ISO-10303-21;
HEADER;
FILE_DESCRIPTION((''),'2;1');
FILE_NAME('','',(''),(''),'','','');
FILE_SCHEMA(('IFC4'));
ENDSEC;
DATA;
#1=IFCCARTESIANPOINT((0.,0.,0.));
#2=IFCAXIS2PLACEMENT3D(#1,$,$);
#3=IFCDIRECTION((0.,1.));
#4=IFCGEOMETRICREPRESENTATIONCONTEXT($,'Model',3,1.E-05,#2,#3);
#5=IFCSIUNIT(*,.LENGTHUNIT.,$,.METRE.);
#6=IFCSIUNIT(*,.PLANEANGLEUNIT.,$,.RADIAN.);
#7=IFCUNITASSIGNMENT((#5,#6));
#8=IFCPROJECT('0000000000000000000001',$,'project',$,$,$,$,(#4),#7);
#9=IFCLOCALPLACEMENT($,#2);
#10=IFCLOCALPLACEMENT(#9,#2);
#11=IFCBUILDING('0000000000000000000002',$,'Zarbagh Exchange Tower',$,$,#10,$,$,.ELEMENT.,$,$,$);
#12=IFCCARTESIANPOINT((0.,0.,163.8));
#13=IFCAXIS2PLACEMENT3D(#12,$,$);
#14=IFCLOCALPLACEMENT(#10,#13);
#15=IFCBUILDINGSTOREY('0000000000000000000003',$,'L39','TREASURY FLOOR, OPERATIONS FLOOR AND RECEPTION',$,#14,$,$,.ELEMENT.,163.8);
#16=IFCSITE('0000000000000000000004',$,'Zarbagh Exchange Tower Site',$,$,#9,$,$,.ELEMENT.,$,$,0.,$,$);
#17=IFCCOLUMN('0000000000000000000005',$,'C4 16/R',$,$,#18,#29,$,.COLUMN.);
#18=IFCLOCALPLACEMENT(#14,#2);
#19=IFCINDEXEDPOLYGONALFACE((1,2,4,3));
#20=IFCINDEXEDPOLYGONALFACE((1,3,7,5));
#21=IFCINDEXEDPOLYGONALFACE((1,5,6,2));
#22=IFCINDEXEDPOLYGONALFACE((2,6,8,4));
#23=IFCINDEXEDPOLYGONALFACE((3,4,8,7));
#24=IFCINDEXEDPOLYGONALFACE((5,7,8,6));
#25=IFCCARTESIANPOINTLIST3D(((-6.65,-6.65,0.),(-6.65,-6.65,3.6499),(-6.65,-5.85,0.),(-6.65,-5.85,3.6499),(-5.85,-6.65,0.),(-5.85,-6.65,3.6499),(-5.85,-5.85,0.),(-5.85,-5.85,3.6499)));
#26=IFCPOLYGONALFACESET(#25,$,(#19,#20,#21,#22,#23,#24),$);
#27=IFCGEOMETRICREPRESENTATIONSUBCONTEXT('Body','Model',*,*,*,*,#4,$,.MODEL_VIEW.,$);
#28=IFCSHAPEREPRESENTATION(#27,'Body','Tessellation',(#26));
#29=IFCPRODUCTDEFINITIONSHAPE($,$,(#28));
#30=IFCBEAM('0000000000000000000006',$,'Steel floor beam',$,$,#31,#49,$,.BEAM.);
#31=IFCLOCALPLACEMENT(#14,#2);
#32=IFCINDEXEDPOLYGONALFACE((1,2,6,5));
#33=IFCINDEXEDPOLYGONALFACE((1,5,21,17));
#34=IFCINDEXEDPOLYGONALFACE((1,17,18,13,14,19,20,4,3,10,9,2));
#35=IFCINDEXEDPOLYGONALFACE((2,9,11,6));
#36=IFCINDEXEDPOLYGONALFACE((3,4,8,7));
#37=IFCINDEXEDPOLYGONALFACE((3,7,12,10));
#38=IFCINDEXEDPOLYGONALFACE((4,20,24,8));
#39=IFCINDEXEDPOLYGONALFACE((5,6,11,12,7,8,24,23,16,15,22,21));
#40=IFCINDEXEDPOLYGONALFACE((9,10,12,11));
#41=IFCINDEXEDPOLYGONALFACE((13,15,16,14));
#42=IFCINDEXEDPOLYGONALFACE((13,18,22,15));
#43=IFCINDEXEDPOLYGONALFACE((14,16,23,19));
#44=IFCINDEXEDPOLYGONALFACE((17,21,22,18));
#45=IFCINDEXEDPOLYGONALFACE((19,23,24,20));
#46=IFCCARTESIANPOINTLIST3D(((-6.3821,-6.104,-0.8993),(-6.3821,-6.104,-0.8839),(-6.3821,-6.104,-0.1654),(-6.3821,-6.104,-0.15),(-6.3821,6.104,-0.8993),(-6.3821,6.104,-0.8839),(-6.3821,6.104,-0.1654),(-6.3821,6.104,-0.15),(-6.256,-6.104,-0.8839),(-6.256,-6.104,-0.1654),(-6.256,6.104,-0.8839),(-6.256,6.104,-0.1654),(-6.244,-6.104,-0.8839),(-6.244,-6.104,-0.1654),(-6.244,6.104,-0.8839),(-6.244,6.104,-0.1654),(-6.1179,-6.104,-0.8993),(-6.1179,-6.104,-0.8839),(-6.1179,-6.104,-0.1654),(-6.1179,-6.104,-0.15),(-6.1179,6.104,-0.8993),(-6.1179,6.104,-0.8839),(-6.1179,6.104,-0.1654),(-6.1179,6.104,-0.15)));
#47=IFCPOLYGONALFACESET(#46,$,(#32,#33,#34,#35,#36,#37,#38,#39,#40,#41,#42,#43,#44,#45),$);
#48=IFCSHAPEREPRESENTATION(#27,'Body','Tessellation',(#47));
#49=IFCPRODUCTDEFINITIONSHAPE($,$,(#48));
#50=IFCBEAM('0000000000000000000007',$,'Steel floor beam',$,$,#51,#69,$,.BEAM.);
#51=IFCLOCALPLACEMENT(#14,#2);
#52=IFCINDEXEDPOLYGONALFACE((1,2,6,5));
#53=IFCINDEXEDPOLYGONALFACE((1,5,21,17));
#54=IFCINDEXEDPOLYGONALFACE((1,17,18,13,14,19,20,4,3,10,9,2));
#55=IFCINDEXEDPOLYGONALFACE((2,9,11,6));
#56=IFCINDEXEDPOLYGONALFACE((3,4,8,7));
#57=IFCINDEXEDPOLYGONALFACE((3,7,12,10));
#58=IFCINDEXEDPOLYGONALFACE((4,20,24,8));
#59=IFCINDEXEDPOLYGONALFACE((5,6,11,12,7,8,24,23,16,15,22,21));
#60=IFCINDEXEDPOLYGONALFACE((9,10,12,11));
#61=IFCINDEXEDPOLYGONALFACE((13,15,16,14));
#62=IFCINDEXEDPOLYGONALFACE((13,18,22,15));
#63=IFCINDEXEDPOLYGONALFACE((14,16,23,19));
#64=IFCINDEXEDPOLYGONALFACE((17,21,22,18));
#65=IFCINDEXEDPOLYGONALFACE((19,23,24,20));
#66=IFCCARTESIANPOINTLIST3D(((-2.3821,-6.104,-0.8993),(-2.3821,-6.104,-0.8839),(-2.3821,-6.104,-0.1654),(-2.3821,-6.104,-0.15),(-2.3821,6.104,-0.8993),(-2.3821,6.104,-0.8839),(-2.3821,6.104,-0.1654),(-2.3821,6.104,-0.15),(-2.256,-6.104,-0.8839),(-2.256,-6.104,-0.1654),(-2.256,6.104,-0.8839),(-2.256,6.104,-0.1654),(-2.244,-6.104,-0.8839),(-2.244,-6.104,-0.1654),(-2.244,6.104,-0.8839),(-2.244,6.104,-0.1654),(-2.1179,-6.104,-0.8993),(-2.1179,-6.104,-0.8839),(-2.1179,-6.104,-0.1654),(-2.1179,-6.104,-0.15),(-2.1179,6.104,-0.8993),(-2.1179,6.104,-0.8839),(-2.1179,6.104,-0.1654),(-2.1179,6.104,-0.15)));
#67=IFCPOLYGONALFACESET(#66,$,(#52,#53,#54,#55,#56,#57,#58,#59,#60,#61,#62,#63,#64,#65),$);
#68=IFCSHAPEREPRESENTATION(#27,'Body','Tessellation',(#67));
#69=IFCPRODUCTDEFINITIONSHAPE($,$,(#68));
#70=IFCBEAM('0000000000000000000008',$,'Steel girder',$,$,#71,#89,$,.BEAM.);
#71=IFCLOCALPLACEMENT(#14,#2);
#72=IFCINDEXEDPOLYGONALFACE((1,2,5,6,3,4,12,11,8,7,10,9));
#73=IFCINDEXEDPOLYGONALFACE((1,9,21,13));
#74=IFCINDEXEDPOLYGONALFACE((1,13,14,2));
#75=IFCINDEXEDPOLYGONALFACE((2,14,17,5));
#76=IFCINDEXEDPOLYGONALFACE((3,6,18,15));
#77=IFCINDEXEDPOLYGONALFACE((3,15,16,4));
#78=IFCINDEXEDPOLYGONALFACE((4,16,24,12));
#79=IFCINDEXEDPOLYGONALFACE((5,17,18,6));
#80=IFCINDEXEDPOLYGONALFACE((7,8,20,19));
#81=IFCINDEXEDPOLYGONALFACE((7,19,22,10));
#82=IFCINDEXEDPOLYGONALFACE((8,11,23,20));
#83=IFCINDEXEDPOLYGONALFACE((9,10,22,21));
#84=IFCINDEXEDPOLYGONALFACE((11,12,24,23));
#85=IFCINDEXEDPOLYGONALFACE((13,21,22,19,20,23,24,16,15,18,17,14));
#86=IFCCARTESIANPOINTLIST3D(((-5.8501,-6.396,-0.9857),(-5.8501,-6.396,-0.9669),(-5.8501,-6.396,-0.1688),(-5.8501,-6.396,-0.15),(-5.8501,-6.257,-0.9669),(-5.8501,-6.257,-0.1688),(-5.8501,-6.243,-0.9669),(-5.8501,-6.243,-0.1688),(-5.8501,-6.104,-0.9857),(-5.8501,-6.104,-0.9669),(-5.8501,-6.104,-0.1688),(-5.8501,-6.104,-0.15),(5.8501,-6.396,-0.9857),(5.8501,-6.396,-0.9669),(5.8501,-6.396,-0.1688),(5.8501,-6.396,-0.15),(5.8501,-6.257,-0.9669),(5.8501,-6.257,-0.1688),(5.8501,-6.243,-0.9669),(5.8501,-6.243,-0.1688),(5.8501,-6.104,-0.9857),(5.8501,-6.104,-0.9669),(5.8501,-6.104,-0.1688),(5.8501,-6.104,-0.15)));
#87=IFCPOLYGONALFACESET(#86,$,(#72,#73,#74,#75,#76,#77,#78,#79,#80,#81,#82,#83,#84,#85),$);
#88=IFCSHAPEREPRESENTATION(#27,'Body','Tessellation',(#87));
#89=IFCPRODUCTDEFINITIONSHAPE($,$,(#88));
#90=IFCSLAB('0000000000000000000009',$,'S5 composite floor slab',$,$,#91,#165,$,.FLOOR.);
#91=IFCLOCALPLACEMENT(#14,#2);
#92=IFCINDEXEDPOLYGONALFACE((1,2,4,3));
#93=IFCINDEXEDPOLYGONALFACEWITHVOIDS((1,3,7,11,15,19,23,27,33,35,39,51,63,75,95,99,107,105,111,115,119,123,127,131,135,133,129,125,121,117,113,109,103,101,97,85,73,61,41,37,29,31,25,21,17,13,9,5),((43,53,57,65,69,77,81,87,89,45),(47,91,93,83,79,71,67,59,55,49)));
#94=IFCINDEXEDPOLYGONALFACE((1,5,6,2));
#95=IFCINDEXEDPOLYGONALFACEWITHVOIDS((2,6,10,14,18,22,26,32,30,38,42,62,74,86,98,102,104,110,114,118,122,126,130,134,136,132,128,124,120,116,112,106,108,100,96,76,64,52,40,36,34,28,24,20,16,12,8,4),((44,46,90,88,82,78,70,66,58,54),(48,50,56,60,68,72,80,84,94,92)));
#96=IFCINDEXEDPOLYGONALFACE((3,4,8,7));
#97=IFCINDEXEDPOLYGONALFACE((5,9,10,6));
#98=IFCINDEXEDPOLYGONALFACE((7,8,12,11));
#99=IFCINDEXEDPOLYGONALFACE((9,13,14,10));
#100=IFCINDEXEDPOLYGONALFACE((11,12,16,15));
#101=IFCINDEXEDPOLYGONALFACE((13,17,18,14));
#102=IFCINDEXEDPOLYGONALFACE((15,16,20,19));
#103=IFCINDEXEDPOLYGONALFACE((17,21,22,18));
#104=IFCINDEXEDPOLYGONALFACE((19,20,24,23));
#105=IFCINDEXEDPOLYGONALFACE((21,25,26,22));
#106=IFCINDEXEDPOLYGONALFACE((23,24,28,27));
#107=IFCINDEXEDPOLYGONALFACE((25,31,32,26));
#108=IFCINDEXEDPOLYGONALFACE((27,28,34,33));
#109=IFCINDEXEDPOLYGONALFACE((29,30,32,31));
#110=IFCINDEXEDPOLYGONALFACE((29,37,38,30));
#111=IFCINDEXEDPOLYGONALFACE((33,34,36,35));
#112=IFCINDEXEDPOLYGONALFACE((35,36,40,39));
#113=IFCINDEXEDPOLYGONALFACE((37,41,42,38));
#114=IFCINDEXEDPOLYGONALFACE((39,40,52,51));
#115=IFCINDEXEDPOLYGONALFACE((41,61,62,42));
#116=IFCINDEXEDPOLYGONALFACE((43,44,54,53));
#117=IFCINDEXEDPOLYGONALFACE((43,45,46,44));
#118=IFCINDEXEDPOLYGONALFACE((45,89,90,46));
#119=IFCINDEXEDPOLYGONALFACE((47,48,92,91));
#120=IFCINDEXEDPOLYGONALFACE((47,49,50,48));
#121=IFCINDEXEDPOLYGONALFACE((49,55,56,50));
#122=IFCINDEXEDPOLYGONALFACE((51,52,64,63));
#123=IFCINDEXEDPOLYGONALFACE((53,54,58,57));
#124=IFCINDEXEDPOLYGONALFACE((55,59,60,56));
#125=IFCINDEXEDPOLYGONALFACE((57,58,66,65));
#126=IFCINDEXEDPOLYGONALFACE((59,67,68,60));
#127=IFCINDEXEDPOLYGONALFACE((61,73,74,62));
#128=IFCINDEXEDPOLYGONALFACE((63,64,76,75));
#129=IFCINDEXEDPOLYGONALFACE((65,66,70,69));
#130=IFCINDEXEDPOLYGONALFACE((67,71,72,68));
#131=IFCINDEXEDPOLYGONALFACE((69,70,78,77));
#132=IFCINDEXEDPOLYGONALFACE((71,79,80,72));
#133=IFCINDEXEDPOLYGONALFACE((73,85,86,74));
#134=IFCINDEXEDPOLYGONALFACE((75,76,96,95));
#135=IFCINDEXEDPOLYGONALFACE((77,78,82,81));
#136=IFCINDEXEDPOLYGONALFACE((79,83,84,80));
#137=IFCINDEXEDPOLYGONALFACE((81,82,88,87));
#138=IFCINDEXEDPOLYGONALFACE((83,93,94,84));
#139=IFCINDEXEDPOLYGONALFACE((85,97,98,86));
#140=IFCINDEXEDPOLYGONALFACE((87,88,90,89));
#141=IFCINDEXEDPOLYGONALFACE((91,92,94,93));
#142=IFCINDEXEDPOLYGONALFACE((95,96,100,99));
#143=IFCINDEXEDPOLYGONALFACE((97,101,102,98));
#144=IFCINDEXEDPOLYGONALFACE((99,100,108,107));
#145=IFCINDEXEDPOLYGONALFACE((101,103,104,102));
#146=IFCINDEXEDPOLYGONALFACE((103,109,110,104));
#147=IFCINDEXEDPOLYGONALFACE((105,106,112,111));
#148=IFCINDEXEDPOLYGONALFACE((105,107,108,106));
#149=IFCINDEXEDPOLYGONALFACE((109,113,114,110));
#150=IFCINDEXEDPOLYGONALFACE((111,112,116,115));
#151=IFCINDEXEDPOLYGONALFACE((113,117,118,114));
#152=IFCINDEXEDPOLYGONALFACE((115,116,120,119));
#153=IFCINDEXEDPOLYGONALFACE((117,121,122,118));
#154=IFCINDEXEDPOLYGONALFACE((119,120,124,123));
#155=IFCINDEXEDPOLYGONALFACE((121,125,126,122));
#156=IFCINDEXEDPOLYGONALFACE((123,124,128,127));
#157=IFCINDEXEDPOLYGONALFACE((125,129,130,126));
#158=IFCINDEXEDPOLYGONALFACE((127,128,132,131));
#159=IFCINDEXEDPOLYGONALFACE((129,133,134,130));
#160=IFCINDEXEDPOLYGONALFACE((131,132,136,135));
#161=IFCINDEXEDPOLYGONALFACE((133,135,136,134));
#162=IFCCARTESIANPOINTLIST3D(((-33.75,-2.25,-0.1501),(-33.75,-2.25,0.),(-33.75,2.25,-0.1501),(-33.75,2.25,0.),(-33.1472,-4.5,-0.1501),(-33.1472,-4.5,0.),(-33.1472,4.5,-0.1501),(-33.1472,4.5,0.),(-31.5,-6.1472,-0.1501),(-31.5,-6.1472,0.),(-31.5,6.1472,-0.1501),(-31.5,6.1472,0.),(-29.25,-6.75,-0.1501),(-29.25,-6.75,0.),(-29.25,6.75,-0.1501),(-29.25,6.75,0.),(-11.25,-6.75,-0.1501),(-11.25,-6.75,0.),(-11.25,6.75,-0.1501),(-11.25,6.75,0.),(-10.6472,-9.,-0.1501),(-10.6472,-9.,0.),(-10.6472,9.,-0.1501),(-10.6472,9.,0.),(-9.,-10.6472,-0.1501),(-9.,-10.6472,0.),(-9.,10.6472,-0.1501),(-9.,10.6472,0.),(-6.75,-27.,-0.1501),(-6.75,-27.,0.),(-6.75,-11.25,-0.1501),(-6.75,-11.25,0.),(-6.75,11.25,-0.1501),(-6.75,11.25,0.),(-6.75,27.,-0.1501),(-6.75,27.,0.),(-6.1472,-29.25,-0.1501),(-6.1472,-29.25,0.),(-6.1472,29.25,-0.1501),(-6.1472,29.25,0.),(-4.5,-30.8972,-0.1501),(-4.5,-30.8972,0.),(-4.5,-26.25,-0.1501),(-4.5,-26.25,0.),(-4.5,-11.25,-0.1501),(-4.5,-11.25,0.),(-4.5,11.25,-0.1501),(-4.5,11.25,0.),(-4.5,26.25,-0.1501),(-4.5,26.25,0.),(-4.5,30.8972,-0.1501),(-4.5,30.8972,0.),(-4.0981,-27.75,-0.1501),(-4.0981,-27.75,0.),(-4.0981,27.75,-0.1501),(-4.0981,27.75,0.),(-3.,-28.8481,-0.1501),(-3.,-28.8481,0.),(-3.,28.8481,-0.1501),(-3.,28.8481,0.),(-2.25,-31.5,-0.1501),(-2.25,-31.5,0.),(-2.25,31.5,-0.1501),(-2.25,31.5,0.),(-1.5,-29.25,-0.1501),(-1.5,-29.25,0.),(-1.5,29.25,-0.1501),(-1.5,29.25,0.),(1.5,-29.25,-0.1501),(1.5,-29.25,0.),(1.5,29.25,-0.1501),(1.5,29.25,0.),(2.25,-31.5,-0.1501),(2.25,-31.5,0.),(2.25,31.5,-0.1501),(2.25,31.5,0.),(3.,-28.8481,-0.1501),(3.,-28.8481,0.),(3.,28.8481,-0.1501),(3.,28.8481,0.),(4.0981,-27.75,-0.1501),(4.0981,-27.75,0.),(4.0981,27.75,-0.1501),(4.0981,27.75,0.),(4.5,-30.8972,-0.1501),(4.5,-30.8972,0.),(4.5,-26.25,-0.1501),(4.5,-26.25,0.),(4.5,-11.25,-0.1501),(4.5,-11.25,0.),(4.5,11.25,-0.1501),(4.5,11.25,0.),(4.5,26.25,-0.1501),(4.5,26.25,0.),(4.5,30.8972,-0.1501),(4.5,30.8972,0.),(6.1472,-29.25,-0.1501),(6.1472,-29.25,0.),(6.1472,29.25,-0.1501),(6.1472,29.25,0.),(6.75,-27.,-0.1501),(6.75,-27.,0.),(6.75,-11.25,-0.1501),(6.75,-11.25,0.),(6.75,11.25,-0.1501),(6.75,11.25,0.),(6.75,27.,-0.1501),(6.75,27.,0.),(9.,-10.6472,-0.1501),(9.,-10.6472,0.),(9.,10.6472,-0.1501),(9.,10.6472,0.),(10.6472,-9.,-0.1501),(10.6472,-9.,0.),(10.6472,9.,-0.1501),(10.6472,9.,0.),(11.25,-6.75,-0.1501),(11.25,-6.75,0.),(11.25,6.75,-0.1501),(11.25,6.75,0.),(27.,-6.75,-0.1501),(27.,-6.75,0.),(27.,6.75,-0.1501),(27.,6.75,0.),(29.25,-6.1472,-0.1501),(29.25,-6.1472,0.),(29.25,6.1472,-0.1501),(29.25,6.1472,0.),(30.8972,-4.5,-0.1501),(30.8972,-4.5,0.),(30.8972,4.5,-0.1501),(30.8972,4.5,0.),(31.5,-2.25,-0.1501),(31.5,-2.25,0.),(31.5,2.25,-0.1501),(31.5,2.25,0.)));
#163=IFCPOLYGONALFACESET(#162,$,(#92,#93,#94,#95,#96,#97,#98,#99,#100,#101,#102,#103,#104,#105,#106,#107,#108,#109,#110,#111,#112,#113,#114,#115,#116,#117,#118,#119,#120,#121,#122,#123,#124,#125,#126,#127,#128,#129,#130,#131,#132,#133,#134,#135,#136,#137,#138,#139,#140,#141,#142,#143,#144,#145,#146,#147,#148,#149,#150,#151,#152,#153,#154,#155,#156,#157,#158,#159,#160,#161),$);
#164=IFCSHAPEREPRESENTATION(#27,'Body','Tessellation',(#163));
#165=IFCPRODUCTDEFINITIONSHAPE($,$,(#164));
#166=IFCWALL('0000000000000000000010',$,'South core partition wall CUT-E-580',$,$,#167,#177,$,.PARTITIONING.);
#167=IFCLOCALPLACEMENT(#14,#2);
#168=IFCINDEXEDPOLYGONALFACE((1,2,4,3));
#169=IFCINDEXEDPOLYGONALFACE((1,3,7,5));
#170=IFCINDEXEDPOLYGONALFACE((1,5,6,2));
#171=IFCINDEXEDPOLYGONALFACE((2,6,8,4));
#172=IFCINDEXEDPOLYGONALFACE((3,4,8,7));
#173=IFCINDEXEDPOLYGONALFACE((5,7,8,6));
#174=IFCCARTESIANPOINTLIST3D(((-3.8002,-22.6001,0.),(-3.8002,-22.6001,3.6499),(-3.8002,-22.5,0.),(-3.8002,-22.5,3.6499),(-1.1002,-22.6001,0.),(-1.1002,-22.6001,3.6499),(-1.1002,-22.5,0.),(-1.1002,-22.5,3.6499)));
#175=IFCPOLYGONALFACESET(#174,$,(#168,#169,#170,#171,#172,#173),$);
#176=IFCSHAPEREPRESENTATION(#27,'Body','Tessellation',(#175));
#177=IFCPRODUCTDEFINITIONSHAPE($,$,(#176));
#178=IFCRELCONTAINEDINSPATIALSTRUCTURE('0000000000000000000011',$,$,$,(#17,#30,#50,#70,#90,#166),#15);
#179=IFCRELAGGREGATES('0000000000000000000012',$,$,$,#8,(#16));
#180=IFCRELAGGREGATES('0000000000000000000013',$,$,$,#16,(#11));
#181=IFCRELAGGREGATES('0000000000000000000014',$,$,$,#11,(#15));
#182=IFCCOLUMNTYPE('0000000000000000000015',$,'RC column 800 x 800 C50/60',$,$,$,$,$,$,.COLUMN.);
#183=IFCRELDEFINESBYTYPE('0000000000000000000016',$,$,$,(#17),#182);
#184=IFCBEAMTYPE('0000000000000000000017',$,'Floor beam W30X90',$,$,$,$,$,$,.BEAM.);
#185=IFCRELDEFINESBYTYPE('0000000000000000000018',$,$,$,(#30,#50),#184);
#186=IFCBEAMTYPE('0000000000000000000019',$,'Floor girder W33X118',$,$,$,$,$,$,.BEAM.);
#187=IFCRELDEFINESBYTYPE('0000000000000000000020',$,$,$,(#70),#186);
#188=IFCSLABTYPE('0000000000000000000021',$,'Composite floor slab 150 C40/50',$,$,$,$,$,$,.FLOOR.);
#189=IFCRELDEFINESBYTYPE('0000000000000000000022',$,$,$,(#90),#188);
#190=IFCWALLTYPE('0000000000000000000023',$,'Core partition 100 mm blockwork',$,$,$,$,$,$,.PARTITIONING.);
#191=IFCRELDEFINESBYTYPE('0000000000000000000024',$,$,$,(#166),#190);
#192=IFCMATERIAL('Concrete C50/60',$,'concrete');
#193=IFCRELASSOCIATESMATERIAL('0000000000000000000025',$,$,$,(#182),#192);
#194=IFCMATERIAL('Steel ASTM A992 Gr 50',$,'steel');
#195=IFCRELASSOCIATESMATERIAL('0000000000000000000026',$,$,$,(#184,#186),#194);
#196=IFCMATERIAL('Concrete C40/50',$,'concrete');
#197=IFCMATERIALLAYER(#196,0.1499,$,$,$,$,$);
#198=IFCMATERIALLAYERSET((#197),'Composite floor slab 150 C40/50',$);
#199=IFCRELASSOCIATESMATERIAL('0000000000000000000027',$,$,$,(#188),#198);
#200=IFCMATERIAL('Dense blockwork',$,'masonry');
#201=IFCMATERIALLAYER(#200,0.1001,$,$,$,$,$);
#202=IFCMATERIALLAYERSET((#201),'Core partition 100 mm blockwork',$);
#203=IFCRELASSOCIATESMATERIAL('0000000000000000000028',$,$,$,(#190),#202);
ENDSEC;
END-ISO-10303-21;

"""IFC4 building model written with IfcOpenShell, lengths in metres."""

from ifc_helpers import new_model, si_unit, direction, frame, frame_2d, origin, origin_2d, place, context, subcontext, project, spatial, polyline, rectangle, i_section, outline, extrude, material, layer, layer_set, material_profile, profile_set, type_object, element, save


model = new_model("IFC4")

# Units and contexts
model_context = context("Model", 3, precision=1e-05, world=origin(), true_north=direction((0.0, 1.0)))
body_context = subcontext(model_context, "Body", "Model", "MODEL_VIEW")
ifc_project = project(units=[si_unit("LENGTHUNIT", "METRE"), si_unit("PLANEANGLEUNIT", "RADIAN")], contexts=[model_context])

# Site, building, storey
site_placement = place(None, origin())
site = spatial("IfcSite", under=ifc_project, at=site_placement, Name="Zarbagh Exchange Tower Site", CompositionType="ELEMENT", RefElevation=0.0)
building_placement = place(site_placement, origin())
building = spatial("IfcBuilding", under=site, at=building_placement, Name="Zarbagh Exchange Tower", CompositionType="ELEMENT")
storey_placement = place(building_placement, frame((0.0, 0.0, 163.8)))
storey = spatial("IfcBuildingStorey", under=building, at=storey_placement, Name="L39", Description="TREASURY FLOOR, OPERATIONS FLOOR AND RECEPTION", CompositionType="ELEMENT", Elevation=163.8)

# Column
ifc_material_1 = material(Name="Concrete C50/60", Category="concrete")
ifc_material_profile_1 = material_profile(ifc_material_1, rectangle(XDim=0.8, YDim=0.8, at=origin_2d()), Name="RC column 800 x 800 C50/60")
ifc_profile_set_1 = profile_set([ifc_material_profile_1], Name="Concrete C50/60")
column_type = type_object("IfcColumnType", Name="RC column 800 x 800 C50/60", PredefinedType="COLUMN", material=ifc_profile_set_1)
column_placement = place(storey_placement, frame((-6.25, -6.25, 0.0), z_axis=(0.0, 0.0, 1.0), x_axis=(1.0, 0.0, 0.0)))
element("IfcColumn", 1, at=column_placement, inside=storey, type_object=column_type, Name="C4 16/R", PredefinedType="COLUMN", context=body_context, shape_type="SweptSolid", body=[
    extrude(rectangle(XDim=0.8, YDim=0.8, at=origin_2d()), origin(), (0.0, 0.0, 1.0), 3.6499),
])

# Beams
ifc_material_2 = material(Name="Steel ASTM A992 Gr 50", Category="steel")
ifc_material_profile_2 = material_profile(ifc_material_2, i_section(OverallWidth=0.2642, OverallDepth=0.7493, WebThickness=0.012, FlangeThickness=0.0154, at=origin_2d()), Name="W30X90")
ifc_profile_set_2 = profile_set([ifc_material_profile_2], Name="Steel ASTM A992 Gr 50")
beam_type_1 = type_object("IfcBeamType", Name="Floor beam W30X90", PredefinedType="BEAM", material=ifc_profile_set_2)
for number, where, z_axis, x_axis, name in (
    (2, (-6.25, -6.104, -0.5247), (0.0, 1.0, 0.0), (-1.0, 0.0, 0.0), "Steel floor beam"),
    (3, (-2.25, -6.104, -0.5247), (0.0, 1.0, 0.0), (-1.0, 0.0, 0.0), "Steel floor beam"),
):
    element("IfcBeam", number, at=place(storey_placement, frame(where, z_axis=z_axis, x_axis=x_axis)), inside=storey, type_object=beam_type_1, Name=name, PredefinedType="BEAM", context=body_context, shape_type="SweptSolid", body=[
        extrude(i_section(OverallWidth=0.2642, OverallDepth=0.7493, WebThickness=0.012, FlangeThickness=0.0154, at=origin_2d()), origin(), (0.0, 0.0, 1.0), 12.208),
    ])
ifc_material_profile_3 = material_profile(ifc_material_2, i_section(OverallWidth=0.292, OverallDepth=0.8357, WebThickness=0.0139, FlangeThickness=0.0188, at=origin_2d()), Name="W33X118")
ifc_profile_set_3 = profile_set([ifc_material_profile_3], Name="Steel ASTM A992 Gr 50")
beam_type_2 = type_object("IfcBeamType", Name="Floor girder W33X118", PredefinedType="BEAM", material=ifc_profile_set_3)
beam_placement = place(storey_placement, frame((-5.8501, -6.25, -0.5679), z_axis=(1.0, 0.0, 0.0), x_axis=(0.0, 1.0, 0.0)))
element("IfcBeam", 4, at=beam_placement, inside=storey, type_object=beam_type_2, Name="Steel girder", PredefinedType="BEAM", context=body_context, shape_type="SweptSolid", body=[
    extrude(i_section(OverallWidth=0.292, OverallDepth=0.8357, WebThickness=0.0139, FlangeThickness=0.0188, at=origin_2d()), origin(), (0.0, 0.0, 1.0), 11.7002),
])

# Slab
ifc_material_3 = material(Name="Concrete C40/50", Category="concrete")
ifc_layer_1 = layer(ifc_material_3, 0.1499)
ifc_layer_set_1 = layer_set([ifc_layer_1], Name="Composite floor slab 150 C40/50")
slab_type = type_object("IfcSlabType", Name="Composite floor slab 150 C40/50", PredefinedType="FLOOR", material=ifc_layer_set_1)
slab_placement = place(storey_placement, frame((0.0, 0.0, -0.1501)))
element("IfcSlab", 5, at=slab_placement, inside=storey, type_object=slab_type, Name="S5 composite floor slab", PredefinedType="FLOOR", context=body_context, shape_type="SweptSolid", body=[
    extrude(outline(polyline([(-2.25, -31.5), (-4.5, -30.8972), (-6.1472, -29.25), (-6.75, -27.0), (-6.75, -11.25), (-9.0, -10.6472), (-10.6472, -9.0), (-11.25, -6.75), (-29.25, -6.75), (-31.5, -6.1472), (-33.1472, -4.5), (-33.75, -2.25), (-33.75, 2.25), (-33.1472, 4.5), (-31.5, 6.1472), (-29.25, 6.75), (-11.25, 6.75), (-10.6472, 9.0), (-9.0, 10.6472), (-6.75, 11.25), (-6.75, 27.0), (-6.1472, 29.25), (-4.5, 30.8972), (-2.25, 31.5), (2.25, 31.5), (4.5, 30.8972), (6.1472, 29.25), (6.75, 27.0), (6.75, 11.25), (9.0, 10.6472), (10.6472, 9.0), (11.25, 6.75), (27.0, 6.75), (29.25, 6.1472), (30.8972, 4.5), (31.5, 2.25), (31.5, -2.25), (30.8972, -4.5), (29.25, -6.1472), (27.0, -6.75), (11.25, -6.75), (10.6472, -9.0), (9.0, -10.6472), (6.75, -11.25), (6.75, -27.0), (6.1472, -29.25), (4.5, -30.8972), (2.25, -31.5), (-2.25, -31.5)]), holes=[polyline([(4.5, 11.25), (4.5, 26.25), (4.0981, 27.75), (3.0, 28.8481), (1.5, 29.25), (-1.5, 29.25), (-3.0, 28.8481), (-4.0981, 27.75), (-4.5, 26.25), (-4.5, 11.25), (4.5, 11.25)]), polyline([(-1.5, -29.25), (1.5, -29.25), (3.0, -28.8481), (4.0981, -27.75), (4.5, -26.25), (4.5, -11.25), (-4.5, -11.25), (-4.5, -26.25), (-4.0981, -27.75), (-3.0, -28.8481), (-1.5, -29.25)])]), origin(), (0.0, 0.0, 1.0), 0.1501),
])

# Wall
ifc_material_4 = material(Name="Dense blockwork", Category="masonry")
ifc_layer_2 = layer(ifc_material_4, 0.1001)
ifc_layer_set_2 = layer_set([ifc_layer_2], Name="Core partition 100 mm blockwork")
wall_type_1 = type_object("IfcWallType", Name="Core partition 100 mm blockwork", PredefinedType="PARTITIONING", material=ifc_layer_set_2)
wall_1_placement = place(storey_placement, frame((-1.1001, -22.55, 0.0), z_axis=(0.0, 0.0, 1.0), x_axis=(-1.0, 0.0, 0.0)))
element("IfcWall", 6, at=wall_1_placement, inside=storey, type_object=wall_type_1, Name="South core partition wall CUT-E-580", PredefinedType="PARTITIONING", context=body_context, shape_type="SweptSolid", body=[
    extrude(rectangle(XDim=2.7, YDim=0.1001, at=frame_2d((1.3501, 0.0))), origin(), (0.0, 0.0, 1.0), 3.6499),
])

save(model, "model.ifc")
